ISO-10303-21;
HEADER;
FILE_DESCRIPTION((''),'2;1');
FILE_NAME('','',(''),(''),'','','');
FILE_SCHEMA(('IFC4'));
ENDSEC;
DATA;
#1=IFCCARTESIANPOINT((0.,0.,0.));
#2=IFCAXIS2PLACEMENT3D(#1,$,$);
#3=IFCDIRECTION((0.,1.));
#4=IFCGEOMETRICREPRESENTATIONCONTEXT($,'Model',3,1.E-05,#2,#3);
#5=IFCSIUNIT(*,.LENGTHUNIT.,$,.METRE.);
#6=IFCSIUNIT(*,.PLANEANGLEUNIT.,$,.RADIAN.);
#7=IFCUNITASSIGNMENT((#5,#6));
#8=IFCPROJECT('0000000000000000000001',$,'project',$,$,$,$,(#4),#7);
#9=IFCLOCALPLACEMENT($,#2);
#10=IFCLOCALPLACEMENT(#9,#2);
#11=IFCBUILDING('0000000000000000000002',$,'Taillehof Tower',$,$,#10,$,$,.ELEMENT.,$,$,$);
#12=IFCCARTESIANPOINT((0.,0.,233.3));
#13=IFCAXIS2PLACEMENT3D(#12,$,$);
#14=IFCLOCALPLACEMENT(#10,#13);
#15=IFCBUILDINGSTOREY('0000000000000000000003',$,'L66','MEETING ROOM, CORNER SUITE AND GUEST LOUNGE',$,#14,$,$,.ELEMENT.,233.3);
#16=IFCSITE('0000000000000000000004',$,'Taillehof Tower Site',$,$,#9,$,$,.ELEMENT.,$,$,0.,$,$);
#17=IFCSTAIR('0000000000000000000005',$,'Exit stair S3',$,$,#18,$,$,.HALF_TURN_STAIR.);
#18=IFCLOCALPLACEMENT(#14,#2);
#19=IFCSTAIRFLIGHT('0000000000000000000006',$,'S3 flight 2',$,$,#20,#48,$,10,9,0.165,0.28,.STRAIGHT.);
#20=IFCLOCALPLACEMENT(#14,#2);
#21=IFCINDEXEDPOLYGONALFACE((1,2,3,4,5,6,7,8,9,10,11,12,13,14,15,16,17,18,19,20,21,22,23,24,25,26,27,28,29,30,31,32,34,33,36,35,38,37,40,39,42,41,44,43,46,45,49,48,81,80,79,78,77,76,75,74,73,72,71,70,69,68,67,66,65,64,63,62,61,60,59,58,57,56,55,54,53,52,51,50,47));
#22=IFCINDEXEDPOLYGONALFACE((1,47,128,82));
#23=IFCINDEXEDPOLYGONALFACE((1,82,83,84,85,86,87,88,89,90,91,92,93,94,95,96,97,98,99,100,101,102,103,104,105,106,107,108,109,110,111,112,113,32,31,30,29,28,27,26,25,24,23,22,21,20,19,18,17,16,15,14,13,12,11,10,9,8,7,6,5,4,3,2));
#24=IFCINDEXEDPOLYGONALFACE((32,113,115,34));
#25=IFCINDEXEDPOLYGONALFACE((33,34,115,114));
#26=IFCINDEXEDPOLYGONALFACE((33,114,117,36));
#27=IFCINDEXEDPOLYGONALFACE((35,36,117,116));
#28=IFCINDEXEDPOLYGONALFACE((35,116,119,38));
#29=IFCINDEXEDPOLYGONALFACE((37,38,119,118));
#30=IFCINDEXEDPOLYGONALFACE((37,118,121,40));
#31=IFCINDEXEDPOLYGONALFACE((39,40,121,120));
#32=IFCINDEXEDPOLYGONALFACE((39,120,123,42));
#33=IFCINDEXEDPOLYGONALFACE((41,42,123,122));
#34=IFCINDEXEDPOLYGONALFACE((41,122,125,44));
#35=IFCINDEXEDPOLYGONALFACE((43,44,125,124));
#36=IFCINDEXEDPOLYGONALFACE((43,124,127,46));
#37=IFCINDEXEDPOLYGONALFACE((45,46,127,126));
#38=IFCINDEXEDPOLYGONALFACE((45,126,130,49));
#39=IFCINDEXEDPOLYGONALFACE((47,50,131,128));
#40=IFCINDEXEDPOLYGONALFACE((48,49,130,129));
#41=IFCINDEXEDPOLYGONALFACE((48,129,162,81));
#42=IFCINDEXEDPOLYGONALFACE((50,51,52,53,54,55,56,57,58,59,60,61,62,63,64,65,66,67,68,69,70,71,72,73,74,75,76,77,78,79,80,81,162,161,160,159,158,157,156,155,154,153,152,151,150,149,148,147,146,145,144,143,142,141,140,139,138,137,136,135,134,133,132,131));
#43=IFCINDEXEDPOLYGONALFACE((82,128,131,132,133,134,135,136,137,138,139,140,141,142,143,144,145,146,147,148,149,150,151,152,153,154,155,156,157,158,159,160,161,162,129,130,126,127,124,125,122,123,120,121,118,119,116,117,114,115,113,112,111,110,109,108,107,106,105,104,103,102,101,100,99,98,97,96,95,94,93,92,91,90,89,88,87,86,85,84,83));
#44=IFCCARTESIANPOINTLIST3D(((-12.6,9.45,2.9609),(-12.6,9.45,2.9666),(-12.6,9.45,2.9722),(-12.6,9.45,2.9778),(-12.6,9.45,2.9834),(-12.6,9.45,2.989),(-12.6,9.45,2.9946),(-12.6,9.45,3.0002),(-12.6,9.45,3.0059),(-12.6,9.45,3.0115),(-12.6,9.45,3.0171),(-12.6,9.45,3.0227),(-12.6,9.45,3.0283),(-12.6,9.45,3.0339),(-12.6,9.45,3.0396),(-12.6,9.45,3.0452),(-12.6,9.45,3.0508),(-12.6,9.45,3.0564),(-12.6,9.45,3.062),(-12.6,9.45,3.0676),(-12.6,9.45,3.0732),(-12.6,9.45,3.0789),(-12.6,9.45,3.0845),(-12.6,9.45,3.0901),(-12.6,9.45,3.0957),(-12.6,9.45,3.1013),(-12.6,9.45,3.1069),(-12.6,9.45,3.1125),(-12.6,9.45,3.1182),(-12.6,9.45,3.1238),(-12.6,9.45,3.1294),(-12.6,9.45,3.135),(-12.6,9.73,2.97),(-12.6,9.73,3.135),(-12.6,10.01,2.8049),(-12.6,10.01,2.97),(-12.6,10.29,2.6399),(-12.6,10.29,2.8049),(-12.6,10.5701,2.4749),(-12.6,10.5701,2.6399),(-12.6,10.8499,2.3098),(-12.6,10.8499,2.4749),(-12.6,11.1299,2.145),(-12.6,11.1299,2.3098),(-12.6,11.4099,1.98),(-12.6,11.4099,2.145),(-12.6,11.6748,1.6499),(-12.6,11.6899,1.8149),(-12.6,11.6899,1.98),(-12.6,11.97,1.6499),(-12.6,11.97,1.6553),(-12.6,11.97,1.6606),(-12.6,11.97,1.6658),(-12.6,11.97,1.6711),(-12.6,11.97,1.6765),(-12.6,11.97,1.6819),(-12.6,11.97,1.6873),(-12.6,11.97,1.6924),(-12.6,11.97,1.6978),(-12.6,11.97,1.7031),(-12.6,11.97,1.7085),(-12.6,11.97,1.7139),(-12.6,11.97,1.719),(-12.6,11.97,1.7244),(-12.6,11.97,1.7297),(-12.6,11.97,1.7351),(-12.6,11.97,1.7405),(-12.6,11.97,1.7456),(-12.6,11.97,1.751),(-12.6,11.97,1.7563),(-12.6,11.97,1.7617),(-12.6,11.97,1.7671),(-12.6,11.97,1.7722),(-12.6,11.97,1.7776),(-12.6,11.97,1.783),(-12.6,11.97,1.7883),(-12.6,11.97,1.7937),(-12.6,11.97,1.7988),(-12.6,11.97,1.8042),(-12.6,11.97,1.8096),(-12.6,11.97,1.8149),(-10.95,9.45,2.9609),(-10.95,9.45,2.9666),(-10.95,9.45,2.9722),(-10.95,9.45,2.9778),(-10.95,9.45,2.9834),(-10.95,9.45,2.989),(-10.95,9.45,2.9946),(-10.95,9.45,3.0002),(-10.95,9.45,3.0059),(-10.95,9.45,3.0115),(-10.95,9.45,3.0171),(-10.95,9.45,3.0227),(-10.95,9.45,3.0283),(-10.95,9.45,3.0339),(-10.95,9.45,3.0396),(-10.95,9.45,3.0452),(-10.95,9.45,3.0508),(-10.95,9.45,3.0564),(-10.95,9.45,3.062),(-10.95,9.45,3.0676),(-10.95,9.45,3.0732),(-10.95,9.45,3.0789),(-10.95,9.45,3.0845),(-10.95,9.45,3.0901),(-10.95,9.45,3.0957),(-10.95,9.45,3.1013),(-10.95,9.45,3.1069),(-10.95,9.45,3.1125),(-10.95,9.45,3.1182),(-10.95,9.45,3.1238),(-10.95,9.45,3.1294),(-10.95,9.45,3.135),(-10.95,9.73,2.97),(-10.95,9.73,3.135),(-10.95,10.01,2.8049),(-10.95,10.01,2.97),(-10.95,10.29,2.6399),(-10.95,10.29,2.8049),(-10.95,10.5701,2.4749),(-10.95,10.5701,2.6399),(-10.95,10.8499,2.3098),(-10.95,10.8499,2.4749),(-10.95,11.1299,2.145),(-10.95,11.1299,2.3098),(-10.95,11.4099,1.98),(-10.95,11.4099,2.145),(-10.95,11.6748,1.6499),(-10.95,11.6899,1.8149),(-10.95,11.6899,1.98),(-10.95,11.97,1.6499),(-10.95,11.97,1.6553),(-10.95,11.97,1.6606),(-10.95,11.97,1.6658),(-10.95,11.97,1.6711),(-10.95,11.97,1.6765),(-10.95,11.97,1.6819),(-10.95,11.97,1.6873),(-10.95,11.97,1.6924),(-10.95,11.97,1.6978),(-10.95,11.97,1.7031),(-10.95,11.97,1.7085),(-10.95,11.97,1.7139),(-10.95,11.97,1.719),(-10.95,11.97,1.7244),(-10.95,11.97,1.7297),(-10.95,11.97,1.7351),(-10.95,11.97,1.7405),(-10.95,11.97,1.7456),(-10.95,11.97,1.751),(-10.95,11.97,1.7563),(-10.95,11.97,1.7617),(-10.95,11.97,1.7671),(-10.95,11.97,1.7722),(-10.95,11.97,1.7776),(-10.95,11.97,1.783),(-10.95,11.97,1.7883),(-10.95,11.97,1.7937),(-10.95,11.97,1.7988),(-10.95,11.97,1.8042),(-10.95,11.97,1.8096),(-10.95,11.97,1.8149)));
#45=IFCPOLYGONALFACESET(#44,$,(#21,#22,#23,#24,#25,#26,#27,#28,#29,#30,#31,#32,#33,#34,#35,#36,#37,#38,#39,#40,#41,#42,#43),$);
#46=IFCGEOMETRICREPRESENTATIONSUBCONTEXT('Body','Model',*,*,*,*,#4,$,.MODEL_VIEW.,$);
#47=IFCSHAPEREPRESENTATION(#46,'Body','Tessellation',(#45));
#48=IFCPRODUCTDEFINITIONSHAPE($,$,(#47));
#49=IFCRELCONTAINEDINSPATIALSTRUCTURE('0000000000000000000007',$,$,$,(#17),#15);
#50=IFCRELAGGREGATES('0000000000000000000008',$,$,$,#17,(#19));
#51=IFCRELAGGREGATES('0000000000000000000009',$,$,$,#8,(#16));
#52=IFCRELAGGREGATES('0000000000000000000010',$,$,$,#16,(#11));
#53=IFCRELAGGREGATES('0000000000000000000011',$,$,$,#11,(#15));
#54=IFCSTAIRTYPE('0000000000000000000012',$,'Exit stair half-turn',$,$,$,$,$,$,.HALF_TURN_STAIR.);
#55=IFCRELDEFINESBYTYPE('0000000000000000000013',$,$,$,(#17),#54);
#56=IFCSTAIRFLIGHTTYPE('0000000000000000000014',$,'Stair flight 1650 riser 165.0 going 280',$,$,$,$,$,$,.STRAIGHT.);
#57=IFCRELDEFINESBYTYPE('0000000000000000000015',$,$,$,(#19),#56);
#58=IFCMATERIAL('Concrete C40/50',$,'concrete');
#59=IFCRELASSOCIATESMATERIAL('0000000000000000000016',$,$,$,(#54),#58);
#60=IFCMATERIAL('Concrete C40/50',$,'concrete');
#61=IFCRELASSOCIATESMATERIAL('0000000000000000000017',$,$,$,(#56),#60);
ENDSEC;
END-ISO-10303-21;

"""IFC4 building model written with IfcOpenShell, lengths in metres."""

from ifc_helpers import new_model, si_unit, direction, frame, origin, place, context, subcontext, project, spatial, polyline, outline, extrude, material, type_object, element, aggregate, save


model = new_model("IFC4")

# Units and contexts
model_context = context("Model", 3, precision=1e-05, world=origin(), true_north=direction((0.0, 1.0)))
body_context = subcontext(model_context, "Body", "Model", "MODEL_VIEW")
ifc_project = project(units=[si_unit("LENGTHUNIT", "METRE"), si_unit("PLANEANGLEUNIT", "RADIAN")], contexts=[model_context])

# Site, building, storey
site_placement = place(None, origin())
site = spatial("IfcSite", under=ifc_project, at=site_placement, Name="Taillehof Tower Site", CompositionType="ELEMENT", RefElevation=0.0)
building_placement = place(site_placement, origin())
building = spatial("IfcBuilding", under=site, at=building_placement, Name="Taillehof Tower", CompositionType="ELEMENT")
storey_placement = place(building_placement, frame((0.0, 0.0, 233.3)))
storey = spatial("IfcBuildingStorey", under=building, at=storey_placement, Name="L66", Description="MEETING ROOM, CORNER SUITE AND GUEST LOUNGE", CompositionType="ELEMENT", Elevation=233.3)

# Stair, stair flight
ifc_material_1 = material(Name="Concrete C40/50", Category="concrete")
stair_type = type_object("IfcStairType", Name="Exit stair half-turn", PredefinedType="HALF_TURN_STAIR", material=ifc_material_1)
stair_placement = place(storey_placement, origin())
stair = element("IfcStair", 1, at=stair_placement, inside=storey, type_object=stair_type, Name="Exit stair S3", PredefinedType="HALF_TURN_STAIR")
ifc_material_2 = material(Name="Concrete C40/50", Category="concrete")
stair_flight_type = type_object("IfcStairFlightType", Name="Stair flight 1650 riser 165.0 going 280", PredefinedType="STRAIGHT", material=ifc_material_2)
stair_flight_1_placement = place(storey_placement, frame((-11.7749, 11.97, 1.6499), z_axis=(0.0, 0.0, 1.0), x_axis=(0.0, -1.0, 0.0)))
stair_flight_1 = element("IfcStairFlight", 2, at=stair_flight_1_placement, type_object=stair_flight_type, Name="S3 flight 2", NumberOfRisers=10, NumberOfTreads=9, PredefinedType="STRAIGHT", RiserHeight=0.165, TreadLength=0.28, context=body_context, shape_type="SweptSolid", body=[
    extrude(outline(polyline([(0.0, 0.0), (0.0, 0.0054), (0.0, 0.0107), (0.0, 0.0159), (0.0, 0.0212), (0.0, 0.0266), (0.0, 0.032), (0.0, 0.0374), (0.0, 0.0425), (0.0, 0.0479), (0.0, 0.0532), (0.0, 0.0586), (0.0, 0.064), (0.0, 0.0691), (0.0, 0.0745), (0.0, 0.0798), (0.0, 0.0852), (0.0, 0.0906), (0.0, 0.0957), (0.0, 0.1011), (0.0, 0.1064), (0.0, 0.1118), (0.0, 0.1172), (0.0, 0.1223), (0.0, 0.1277), (0.0, 0.1331), (0.0, 0.1384), (0.0, 0.1438), (0.0, 0.1489), (0.0, 0.1543), (0.0, 0.1597), (0.0, 0.165), (0.28, 0.165), (0.28, 0.3301), (0.5601, 0.3301), (0.5601, 0.4951), (0.8401, 0.4951), (0.8401, 0.6599), (1.1201, 0.6599), (1.1201, 0.825), (1.3999, 0.825), (1.3999, 0.99), (1.6799, 0.99), (1.6799, 1.155), (1.96, 1.155), (1.96, 1.3201), (2.24, 1.3201), (2.24, 1.4851), (2.52, 1.4851), (2.52, 1.4795), (2.52, 1.4739), (2.52, 1.4683), (2.52, 1.4626), (2.52, 1.457), (2.52, 1.4514), (2.52, 1.4458), (2.52, 1.4402), (2.52, 1.4346), (2.52, 1.429), (2.52, 1.4233), (2.52, 1.4177), (2.52, 1.4121), (2.52, 1.4065), (2.52, 1.4009), (2.52, 1.3953), (2.52, 1.3896), (2.52, 1.384), (2.52, 1.3784), (2.52, 1.3728), (2.52, 1.3672), (2.52, 1.3616), (2.52, 1.356), (2.52, 1.3503), (2.52, 1.3447), (2.52, 1.3391), (2.52, 1.3335), (2.52, 1.3279), (2.52, 1.3223), (2.52, 1.3167), (2.52, 1.311), (0.2952, 0.0), (0.0, 0.0)])), frame((0.0, 0.825, 0.0), z_axis=(0.0, -1.0, 0.0), x_axis=(1.0, 0.0, 0.0)), (0.0, 0.0, 1.0), 1.65),
])
aggregate(stair, [stair_flight_1])

save(model, "model.ifc")
